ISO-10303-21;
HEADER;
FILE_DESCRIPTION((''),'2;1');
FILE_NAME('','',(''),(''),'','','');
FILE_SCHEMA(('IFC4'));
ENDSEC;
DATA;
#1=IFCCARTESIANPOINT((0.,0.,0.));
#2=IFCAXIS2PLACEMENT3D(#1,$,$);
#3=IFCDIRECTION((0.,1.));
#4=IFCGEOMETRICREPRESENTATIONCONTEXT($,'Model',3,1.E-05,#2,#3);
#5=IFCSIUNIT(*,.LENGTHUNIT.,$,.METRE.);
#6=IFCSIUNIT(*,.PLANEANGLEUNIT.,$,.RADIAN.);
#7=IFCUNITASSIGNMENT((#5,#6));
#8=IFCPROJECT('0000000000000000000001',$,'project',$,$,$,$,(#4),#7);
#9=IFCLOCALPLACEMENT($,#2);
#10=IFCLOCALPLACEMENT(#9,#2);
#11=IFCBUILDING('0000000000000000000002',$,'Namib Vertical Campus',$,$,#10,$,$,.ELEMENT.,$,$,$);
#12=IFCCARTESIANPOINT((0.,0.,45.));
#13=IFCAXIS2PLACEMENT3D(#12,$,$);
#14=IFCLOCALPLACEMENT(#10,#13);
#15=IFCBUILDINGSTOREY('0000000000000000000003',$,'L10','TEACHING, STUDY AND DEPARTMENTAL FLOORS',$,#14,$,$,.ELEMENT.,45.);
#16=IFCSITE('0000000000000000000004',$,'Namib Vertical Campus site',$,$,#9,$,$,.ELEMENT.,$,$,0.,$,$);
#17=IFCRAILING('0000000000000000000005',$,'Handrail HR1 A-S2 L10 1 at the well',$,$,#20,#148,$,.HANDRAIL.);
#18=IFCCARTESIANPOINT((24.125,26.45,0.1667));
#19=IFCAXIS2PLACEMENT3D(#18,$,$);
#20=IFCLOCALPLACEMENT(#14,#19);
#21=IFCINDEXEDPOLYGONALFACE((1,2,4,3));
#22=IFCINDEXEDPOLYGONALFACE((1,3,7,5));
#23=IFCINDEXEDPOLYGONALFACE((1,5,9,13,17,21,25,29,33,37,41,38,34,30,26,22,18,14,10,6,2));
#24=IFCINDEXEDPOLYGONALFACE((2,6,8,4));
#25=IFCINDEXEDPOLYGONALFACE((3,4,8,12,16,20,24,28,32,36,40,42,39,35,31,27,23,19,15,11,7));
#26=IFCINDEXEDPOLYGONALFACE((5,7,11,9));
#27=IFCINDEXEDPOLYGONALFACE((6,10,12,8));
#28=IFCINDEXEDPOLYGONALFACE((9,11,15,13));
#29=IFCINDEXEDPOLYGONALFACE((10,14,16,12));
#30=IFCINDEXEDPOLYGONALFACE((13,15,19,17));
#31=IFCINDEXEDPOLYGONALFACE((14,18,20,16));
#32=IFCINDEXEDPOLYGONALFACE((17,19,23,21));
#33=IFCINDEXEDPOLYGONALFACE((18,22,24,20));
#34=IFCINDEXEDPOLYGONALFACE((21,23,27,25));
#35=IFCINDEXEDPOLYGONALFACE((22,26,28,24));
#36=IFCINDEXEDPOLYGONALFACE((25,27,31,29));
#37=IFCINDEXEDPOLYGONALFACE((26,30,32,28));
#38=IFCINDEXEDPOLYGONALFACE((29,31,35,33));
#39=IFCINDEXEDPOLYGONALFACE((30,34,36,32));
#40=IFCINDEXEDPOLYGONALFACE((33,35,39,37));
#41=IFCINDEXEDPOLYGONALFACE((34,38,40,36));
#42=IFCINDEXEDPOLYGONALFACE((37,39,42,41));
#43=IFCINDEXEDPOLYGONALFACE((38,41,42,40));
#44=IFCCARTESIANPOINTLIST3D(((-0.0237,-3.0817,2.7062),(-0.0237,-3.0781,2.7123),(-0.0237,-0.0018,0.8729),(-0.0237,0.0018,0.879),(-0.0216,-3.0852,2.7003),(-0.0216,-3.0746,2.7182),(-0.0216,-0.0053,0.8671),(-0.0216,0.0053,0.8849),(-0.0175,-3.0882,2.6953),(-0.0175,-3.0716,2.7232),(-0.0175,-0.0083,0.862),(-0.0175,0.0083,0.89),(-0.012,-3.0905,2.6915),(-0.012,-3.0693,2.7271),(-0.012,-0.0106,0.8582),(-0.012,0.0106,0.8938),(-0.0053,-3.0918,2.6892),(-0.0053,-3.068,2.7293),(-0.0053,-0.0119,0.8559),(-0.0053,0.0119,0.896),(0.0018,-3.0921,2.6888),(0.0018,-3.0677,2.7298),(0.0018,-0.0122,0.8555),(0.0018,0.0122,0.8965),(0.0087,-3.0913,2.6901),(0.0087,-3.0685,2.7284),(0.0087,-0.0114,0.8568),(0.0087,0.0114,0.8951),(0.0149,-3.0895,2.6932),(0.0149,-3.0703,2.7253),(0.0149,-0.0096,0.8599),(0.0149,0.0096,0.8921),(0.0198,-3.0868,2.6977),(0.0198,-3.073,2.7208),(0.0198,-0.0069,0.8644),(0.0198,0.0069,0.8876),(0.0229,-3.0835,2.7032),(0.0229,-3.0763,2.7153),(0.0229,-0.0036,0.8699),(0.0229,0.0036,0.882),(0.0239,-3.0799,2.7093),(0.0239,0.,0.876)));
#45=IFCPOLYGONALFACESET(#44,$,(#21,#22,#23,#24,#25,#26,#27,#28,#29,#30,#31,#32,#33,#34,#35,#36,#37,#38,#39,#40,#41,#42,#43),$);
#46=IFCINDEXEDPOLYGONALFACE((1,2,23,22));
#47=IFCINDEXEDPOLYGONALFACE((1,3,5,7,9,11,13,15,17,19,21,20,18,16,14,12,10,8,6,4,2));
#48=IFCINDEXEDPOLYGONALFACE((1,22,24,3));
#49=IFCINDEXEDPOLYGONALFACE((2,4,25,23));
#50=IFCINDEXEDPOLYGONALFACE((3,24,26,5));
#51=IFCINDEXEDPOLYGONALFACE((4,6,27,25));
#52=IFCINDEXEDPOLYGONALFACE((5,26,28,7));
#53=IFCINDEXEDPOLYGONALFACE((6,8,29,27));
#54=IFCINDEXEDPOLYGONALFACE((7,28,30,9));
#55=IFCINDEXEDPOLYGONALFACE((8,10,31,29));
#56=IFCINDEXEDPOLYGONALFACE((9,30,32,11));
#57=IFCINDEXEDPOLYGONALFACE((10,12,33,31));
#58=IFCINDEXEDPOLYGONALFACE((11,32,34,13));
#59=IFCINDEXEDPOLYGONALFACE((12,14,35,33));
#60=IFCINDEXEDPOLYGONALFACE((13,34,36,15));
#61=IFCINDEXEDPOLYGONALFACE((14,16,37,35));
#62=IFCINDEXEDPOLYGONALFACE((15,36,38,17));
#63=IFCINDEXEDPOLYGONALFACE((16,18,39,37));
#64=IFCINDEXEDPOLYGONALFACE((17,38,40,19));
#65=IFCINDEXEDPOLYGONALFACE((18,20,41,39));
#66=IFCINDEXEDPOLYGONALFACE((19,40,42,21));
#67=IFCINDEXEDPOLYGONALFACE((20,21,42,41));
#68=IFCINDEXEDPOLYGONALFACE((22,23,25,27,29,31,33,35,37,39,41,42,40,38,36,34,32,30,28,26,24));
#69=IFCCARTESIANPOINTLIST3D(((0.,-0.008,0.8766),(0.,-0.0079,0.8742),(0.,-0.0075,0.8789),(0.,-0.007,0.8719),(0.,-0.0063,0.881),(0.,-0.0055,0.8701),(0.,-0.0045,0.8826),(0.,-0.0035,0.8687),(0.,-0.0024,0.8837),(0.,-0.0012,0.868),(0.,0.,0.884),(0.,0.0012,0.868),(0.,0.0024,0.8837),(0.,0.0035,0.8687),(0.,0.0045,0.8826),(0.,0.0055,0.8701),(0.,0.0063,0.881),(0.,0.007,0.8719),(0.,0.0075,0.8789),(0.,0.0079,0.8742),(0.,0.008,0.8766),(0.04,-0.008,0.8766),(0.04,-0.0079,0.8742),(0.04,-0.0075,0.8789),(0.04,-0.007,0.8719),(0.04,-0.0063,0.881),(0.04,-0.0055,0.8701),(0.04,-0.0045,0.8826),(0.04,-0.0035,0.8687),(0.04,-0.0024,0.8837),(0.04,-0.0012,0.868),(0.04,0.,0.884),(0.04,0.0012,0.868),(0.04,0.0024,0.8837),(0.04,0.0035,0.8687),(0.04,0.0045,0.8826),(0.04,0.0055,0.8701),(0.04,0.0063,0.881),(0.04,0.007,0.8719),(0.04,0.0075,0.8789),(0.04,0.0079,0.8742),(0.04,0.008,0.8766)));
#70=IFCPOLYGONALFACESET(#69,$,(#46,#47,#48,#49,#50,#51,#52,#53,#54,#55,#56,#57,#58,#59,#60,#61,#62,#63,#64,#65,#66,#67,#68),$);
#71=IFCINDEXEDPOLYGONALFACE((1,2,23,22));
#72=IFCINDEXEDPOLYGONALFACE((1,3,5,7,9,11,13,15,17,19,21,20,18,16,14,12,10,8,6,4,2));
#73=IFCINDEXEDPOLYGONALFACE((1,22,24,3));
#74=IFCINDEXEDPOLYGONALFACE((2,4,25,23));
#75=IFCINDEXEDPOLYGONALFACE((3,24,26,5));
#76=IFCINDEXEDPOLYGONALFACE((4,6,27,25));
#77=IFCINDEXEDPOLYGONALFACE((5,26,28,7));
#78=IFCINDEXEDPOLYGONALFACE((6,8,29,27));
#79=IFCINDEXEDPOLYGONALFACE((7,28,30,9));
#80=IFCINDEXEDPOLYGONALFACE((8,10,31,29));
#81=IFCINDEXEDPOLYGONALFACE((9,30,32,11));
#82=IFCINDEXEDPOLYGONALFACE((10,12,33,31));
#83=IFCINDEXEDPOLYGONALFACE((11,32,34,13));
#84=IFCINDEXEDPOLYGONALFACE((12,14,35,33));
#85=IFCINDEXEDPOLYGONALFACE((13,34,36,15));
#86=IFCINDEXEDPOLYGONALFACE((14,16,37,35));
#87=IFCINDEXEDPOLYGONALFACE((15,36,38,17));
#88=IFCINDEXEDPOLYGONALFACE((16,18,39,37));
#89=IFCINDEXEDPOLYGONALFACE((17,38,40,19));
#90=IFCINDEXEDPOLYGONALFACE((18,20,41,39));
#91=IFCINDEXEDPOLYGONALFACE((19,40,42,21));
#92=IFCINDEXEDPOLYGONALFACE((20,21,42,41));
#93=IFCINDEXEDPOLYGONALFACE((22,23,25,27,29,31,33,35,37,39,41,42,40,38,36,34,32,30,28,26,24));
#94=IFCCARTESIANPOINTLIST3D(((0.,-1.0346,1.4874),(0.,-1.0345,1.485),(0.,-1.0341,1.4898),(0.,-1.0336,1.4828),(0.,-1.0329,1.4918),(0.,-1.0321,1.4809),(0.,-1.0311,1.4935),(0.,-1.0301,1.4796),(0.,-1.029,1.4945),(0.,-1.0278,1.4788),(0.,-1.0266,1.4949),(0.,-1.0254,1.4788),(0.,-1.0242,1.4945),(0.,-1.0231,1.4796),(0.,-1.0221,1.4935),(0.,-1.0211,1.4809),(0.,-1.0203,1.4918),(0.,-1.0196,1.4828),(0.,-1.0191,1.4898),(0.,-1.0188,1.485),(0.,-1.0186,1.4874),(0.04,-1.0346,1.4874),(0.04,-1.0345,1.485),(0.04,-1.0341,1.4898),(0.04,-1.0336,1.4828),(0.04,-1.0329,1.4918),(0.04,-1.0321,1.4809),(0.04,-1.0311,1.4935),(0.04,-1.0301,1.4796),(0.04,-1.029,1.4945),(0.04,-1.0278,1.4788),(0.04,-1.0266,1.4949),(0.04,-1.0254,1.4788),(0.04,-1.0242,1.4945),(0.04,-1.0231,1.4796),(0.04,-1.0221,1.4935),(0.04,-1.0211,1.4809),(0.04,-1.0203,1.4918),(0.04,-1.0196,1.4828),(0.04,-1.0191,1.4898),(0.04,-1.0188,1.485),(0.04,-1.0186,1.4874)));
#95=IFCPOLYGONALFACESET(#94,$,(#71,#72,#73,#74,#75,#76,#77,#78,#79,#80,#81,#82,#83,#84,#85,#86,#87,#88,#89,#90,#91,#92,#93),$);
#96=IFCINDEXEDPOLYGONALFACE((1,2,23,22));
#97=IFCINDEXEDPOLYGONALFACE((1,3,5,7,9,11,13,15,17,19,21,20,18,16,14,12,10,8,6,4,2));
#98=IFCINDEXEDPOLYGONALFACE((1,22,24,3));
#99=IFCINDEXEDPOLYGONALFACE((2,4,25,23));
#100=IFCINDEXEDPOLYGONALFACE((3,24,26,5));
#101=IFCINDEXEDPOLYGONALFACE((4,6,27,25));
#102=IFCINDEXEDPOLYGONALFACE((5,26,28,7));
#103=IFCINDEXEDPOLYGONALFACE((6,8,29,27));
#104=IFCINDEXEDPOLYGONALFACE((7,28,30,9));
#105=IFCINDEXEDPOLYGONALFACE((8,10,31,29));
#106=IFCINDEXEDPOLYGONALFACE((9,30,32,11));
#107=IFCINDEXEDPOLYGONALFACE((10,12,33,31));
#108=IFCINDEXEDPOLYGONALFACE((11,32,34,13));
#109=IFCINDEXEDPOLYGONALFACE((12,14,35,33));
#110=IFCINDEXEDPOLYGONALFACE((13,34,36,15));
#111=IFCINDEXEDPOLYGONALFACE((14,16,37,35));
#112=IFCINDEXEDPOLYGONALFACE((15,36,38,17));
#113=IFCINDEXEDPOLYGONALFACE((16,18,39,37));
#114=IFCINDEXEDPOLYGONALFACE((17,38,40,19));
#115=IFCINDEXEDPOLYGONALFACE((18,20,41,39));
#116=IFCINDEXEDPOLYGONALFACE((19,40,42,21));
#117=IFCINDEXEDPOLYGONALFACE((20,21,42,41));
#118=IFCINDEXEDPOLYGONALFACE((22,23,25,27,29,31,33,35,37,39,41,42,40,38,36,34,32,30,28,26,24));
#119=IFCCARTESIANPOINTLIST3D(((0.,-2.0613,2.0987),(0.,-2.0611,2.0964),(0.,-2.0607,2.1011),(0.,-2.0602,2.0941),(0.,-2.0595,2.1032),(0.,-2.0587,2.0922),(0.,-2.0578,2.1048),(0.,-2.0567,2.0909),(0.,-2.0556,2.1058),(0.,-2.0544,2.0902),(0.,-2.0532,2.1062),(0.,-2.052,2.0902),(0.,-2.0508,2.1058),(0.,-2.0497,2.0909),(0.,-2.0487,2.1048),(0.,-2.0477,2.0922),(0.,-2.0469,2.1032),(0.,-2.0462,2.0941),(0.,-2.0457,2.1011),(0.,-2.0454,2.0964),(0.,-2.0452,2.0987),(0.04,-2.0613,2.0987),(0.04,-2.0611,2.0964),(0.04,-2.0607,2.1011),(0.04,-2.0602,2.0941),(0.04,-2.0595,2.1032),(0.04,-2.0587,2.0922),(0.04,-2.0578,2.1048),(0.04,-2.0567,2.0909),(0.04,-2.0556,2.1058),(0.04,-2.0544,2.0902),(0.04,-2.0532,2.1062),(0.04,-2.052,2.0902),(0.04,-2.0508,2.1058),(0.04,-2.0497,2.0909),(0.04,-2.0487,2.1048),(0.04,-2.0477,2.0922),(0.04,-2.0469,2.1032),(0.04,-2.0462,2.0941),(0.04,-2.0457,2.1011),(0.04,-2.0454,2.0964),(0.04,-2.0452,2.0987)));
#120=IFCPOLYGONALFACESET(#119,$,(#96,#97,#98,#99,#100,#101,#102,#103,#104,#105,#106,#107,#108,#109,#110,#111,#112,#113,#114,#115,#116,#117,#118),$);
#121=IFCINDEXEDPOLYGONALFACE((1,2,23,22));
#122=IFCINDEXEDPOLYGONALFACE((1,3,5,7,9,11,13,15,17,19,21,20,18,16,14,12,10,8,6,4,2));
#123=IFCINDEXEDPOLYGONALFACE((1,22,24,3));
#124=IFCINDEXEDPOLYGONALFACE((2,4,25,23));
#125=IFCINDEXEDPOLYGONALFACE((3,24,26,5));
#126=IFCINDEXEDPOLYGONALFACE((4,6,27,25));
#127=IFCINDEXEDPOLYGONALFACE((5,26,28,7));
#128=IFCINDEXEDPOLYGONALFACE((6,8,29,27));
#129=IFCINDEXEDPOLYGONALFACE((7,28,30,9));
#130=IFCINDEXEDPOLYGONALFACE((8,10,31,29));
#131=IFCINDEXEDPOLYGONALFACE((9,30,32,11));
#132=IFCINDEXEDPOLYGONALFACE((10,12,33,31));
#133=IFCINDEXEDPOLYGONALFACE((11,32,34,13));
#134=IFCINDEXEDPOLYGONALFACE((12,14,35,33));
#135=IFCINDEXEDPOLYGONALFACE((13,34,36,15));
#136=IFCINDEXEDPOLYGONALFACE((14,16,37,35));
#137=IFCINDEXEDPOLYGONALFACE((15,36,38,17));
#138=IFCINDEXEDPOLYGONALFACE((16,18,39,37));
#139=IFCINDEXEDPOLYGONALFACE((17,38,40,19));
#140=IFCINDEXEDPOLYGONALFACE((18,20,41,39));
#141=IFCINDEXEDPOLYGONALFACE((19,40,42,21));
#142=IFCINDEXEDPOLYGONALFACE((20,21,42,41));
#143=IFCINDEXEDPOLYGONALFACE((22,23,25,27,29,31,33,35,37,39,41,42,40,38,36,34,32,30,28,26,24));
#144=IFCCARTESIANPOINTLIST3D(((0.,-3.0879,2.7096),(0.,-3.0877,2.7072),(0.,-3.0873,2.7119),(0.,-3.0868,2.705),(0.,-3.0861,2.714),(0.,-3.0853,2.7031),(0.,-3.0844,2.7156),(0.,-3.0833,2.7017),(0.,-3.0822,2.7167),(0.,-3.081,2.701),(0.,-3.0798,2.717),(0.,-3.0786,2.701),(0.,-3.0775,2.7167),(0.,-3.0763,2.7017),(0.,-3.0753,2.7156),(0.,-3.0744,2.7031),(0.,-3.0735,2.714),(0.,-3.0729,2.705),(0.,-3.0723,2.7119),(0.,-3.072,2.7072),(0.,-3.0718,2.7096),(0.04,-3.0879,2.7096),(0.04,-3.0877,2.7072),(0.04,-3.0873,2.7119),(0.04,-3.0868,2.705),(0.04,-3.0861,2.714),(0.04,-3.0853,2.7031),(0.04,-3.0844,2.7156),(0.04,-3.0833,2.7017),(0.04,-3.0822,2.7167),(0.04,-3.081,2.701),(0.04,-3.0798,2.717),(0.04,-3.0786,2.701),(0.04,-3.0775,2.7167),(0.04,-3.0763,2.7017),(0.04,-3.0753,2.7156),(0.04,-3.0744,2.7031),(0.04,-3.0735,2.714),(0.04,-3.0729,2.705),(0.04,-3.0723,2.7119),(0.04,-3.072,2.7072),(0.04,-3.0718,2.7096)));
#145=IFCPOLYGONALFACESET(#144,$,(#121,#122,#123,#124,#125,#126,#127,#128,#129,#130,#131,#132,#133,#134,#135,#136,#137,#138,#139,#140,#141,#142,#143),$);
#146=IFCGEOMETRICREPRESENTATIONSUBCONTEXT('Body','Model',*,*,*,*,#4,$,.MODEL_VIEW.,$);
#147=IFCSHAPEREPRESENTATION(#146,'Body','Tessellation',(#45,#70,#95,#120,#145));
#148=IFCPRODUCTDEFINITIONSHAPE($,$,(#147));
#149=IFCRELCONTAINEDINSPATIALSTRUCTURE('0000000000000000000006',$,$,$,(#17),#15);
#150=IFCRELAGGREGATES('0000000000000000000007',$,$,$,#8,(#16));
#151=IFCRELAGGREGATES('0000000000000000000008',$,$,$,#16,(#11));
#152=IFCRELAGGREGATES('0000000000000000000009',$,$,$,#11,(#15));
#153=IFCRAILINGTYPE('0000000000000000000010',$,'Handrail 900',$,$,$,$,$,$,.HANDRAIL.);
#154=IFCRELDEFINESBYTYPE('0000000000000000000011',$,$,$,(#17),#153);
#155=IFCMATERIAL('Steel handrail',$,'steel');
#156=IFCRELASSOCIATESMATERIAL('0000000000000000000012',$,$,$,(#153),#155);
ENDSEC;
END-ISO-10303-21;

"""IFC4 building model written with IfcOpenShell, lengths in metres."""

from ifc_helpers import new_model, si_unit, direction, frame, origin, origin_2d, place, context, subcontext, project, spatial, circle, extrude, material, type_object, element, save


model = new_model("IFC4")

# Units and contexts
model_context = context("Model", 3, precision=1e-05, world=origin(), true_north=direction((0.0, 1.0)))
body_context = subcontext(model_context, "Body", "Model", "MODEL_VIEW")
ifc_project = project(units=[si_unit("LENGTHUNIT", "METRE"), si_unit("PLANEANGLEUNIT", "RADIAN")], contexts=[model_context])

# Site, building, storey
site_placement = place(None, origin())
site = spatial("IfcSite", under=ifc_project, at=site_placement, Name="Namib Vertical Campus site", CompositionType="ELEMENT", RefElevation=0.0)
building_placement = place(site_placement, origin())
building = spatial("IfcBuilding", under=site, at=building_placement, Name="Namib Vertical Campus", CompositionType="ELEMENT")
storey_placement = place(building_placement, frame((0.0, 0.0, 45.0)))
storey = spatial("IfcBuildingStorey", under=building, at=storey_placement, Name="L10", Description="TEACHING, STUDY AND DEPARTMENTAL FLOORS", CompositionType="ELEMENT", Elevation=45.0)

# Railing
ifc_material_1 = material(Name="Steel handrail", Category="steel")
railing_type_1 = type_object("IfcRailingType", Name="Handrail 900", PredefinedType="HANDRAIL", material=ifc_material_1)
railing_1_placement = place(storey_placement, frame((24.125, 26.45, 0.1667)))
element("IfcRailing", 1, at=railing_1_placement, inside=storey, type_object=railing_type_1, Name="Handrail HR1 A-S2 L10 1 at the well", PredefinedType="HANDRAIL", context=body_context, shape_type="SweptSolid", body=[
    extrude(circle(Radius=0.0239, at=origin_2d()), frame((0.0, 0.0, 0.876), z_axis=(0.0, -0.859291, 0.511487), x_axis=(1.0, 0.0, 0.0)), (0.0, 0.0, 1.0), 3.5842),
    extrude(circle(Radius=0.0081, at=origin_2d()), frame((0.0, 0.0, 0.876), z_axis=(1.0, 0.0, 0.0), x_axis=(0.0, 0.0, 1.0)), (0.0, 0.0, 1.0), 0.04),
    extrude(circle(Radius=0.0081, at=origin_2d()), frame((0.0, -1.0266, 1.4868), z_axis=(1.0, 0.0, 0.0), x_axis=(0.0, 0.0, 1.0)), (0.0, 0.0, 1.0), 0.04),
    extrude(circle(Radius=0.0081, at=origin_2d()), frame((0.0, -2.0532, 2.0981), z_axis=(1.0, 0.0, 0.0), x_axis=(0.0, 0.0, 1.0)), (0.0, 0.0, 1.0), 0.04),
    extrude(circle(Radius=0.0081, at=origin_2d()), frame((0.0, -3.0798, 2.709), z_axis=(1.0, 0.0, 0.0), x_axis=(0.0, 0.0, 1.0)), (0.0, 0.0, 1.0), 0.04),
])

save(model, "model.ifc")
